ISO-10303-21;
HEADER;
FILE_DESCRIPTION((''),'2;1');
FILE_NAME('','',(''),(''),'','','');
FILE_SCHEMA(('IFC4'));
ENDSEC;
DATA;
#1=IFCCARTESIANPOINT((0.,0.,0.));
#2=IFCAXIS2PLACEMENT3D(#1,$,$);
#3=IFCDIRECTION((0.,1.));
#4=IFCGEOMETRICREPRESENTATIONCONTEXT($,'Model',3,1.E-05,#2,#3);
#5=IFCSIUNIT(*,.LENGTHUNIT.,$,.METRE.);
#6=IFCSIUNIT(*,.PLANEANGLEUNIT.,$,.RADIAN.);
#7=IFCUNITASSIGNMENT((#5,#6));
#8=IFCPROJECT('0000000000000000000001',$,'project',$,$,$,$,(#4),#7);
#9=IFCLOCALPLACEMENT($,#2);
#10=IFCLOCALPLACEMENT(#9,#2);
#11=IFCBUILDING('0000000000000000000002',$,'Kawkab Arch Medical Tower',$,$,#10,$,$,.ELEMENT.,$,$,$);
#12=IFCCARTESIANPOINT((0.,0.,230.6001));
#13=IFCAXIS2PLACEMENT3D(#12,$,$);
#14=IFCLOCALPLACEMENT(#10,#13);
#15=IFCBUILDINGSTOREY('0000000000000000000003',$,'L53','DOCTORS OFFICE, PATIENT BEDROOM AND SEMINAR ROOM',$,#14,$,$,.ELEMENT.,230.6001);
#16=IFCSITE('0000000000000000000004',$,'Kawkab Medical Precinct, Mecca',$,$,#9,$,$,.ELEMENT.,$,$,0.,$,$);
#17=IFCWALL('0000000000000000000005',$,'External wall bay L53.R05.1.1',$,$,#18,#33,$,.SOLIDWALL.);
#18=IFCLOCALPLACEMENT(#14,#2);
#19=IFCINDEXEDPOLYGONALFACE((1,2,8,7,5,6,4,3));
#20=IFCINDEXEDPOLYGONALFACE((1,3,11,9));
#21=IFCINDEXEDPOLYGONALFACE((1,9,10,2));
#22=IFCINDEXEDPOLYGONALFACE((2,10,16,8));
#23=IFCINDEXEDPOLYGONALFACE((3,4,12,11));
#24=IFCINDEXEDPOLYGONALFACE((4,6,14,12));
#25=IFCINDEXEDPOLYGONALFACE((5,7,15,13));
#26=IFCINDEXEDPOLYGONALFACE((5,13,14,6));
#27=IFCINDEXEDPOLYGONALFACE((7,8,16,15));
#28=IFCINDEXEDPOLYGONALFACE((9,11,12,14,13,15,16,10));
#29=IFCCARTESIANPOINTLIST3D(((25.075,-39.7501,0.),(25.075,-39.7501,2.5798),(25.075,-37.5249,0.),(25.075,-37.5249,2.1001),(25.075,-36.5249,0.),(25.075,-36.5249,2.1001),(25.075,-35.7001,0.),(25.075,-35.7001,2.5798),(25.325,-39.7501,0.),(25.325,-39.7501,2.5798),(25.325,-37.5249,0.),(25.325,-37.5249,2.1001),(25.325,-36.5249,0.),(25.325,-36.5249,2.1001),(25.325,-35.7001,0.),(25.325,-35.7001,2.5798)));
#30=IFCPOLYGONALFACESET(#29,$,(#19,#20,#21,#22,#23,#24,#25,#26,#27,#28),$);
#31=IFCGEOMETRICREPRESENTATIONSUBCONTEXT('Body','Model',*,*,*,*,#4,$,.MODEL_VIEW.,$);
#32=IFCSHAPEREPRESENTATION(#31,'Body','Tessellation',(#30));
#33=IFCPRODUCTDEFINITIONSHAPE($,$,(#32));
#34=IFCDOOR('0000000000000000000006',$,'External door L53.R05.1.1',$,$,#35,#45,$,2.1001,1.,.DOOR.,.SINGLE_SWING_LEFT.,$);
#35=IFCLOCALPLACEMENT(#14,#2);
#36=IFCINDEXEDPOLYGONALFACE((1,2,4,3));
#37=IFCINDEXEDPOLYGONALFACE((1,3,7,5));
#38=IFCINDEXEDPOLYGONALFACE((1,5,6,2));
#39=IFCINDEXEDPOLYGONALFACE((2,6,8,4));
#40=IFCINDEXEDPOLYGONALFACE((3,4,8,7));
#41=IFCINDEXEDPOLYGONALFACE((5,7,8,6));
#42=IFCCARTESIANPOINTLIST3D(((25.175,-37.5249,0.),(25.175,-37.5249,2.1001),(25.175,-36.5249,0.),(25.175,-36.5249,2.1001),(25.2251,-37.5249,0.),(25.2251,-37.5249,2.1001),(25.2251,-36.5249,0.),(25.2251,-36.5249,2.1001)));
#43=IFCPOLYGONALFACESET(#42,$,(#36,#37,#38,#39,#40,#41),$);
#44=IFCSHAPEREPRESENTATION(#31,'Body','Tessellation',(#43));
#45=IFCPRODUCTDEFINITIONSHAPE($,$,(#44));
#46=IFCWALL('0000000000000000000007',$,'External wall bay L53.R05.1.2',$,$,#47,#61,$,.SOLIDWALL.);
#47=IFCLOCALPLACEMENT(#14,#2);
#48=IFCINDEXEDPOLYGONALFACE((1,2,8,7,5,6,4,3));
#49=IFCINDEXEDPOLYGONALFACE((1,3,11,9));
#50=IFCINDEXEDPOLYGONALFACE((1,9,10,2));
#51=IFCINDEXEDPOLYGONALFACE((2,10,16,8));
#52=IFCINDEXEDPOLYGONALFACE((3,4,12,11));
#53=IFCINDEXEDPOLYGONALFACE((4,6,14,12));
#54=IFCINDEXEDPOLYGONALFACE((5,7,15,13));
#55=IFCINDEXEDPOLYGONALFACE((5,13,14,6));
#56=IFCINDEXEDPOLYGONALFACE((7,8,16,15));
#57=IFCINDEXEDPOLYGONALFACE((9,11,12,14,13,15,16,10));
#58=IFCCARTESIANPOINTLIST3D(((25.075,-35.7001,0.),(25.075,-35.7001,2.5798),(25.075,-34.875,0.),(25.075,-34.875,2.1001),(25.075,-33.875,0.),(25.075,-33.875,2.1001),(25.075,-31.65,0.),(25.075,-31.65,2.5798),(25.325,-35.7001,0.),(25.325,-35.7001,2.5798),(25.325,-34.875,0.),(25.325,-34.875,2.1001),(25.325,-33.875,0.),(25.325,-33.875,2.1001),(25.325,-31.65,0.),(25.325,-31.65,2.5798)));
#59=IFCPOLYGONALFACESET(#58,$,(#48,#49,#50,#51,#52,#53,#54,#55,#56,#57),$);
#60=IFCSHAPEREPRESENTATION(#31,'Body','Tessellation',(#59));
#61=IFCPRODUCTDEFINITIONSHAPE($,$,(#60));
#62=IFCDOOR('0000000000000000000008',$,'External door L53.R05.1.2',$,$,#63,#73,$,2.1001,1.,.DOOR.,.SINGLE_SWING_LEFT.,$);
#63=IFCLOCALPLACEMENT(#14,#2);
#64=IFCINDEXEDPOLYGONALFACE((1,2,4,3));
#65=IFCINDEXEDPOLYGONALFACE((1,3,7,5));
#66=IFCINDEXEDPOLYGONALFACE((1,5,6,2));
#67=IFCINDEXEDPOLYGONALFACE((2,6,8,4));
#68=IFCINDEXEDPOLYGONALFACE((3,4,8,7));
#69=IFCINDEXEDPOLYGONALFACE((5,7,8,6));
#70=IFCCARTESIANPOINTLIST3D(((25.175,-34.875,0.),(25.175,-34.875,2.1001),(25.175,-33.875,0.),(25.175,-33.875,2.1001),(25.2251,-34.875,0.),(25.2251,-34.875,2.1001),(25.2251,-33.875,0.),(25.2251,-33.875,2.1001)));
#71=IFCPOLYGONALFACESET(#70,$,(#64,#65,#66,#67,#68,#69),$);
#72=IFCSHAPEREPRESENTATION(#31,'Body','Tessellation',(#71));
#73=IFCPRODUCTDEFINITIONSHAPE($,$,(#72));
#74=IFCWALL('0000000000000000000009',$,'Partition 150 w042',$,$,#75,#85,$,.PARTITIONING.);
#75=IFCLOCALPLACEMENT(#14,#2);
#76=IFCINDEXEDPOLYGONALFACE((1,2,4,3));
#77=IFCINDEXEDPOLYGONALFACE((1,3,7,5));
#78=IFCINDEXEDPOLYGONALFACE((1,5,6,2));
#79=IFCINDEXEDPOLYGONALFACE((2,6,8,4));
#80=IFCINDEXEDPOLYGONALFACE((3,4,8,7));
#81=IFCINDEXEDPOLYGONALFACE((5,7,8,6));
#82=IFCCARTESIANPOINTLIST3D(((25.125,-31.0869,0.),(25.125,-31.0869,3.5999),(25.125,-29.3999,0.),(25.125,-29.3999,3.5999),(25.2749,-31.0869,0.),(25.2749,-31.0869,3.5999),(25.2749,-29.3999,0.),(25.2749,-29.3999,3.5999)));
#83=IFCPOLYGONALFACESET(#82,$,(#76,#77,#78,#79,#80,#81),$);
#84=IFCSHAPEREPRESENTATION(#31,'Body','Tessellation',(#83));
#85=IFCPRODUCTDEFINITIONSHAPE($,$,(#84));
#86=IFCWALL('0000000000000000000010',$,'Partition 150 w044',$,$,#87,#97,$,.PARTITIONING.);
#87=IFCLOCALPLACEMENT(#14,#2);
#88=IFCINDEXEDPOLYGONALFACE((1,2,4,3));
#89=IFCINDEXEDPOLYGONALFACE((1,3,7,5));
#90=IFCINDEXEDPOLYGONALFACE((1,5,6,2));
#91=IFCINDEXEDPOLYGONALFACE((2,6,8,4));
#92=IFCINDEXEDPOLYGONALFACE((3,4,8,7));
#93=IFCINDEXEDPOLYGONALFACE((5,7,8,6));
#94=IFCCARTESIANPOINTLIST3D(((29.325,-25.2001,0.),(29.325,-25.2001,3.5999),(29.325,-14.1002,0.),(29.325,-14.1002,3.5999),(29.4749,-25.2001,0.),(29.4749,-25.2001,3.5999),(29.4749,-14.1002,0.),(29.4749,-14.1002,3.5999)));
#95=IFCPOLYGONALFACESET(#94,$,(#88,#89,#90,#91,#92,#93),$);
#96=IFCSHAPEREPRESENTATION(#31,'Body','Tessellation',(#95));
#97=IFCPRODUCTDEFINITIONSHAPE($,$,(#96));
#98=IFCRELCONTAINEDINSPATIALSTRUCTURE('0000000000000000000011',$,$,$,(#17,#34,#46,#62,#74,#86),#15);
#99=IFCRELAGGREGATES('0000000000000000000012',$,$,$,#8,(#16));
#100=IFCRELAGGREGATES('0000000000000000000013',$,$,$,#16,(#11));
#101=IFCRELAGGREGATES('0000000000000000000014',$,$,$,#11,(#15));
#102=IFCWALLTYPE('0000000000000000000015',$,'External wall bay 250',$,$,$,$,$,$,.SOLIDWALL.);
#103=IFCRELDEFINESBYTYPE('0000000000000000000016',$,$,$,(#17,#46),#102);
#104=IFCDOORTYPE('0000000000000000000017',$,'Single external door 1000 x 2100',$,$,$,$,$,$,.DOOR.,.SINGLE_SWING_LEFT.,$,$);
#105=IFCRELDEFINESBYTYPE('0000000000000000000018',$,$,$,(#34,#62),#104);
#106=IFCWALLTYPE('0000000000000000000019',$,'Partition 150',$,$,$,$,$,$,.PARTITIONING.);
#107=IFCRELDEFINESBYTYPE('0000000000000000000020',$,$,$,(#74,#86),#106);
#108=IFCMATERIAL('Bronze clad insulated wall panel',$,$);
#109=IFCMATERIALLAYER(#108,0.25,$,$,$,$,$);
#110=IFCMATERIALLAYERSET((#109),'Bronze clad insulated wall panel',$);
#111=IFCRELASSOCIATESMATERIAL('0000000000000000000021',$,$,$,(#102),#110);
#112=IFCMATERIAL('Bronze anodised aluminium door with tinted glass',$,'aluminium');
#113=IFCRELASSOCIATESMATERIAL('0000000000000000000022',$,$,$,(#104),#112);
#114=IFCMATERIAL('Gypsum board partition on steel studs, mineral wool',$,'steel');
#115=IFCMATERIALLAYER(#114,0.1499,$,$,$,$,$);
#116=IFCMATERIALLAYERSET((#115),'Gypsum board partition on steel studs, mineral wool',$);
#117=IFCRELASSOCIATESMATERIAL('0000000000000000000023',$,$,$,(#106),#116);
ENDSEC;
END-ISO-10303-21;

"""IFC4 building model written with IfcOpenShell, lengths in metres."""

from ifc_helpers import new_model, si_unit, direction, frame, frame_2d, origin, place, context, subcontext, project, spatial, rectangle, extrude, material, layer, layer_set, type_object, element, fill, save


model = new_model("IFC4")

# Units and contexts
model_context = context("Model", 3, precision=1e-05, world=origin(), true_north=direction((0.0, 1.0)))
body_context = subcontext(model_context, "Body", "Model", "MODEL_VIEW")
ifc_project = project(units=[si_unit("LENGTHUNIT", "METRE"), si_unit("PLANEANGLEUNIT", "RADIAN")], contexts=[model_context])

# Site, building, storey
site_placement = place(None, origin())
site = spatial("IfcSite", under=ifc_project, at=site_placement, Name="Kawkab Medical Precinct, Mecca", CompositionType="ELEMENT", RefElevation=0.0)
building_placement = place(site_placement, origin())
building = spatial("IfcBuilding", under=site, at=building_placement, Name="Kawkab Arch Medical Tower", CompositionType="ELEMENT")
storey_placement = place(building_placement, frame((0.0, 0.0, 230.6001)))
storey = spatial("IfcBuildingStorey", under=building, at=storey_placement, Name="L53", Description="DOCTORS OFFICE, PATIENT BEDROOM AND SEMINAR ROOM", CompositionType="ELEMENT", Elevation=230.6001)

# Walls, openings, doors
ifc_material_1 = material(Name="Bronze clad insulated wall panel")
ifc_layer_1 = layer(ifc_material_1, 0.25)
ifc_layer_set_1 = layer_set([ifc_layer_1], Name="Bronze clad insulated wall panel")
wall_type_1 = type_object("IfcWallType", Name="External wall bay 250", PredefinedType="SOLIDWALL", material=ifc_layer_set_1)
wall_1_placement = place(storey_placement, frame((25.2, -39.75, 0.0), z_axis=(0.0, 0.0, 1.0), x_axis=(0.0, 1.0, 0.0)))
wall_1 = element("IfcWall", 1, at=wall_1_placement, inside=storey, type_object=wall_type_1, Name="External wall bay L53.R05.1.1", PredefinedType="SOLIDWALL", context=body_context, shape_type="SweptSolid", body=[
    extrude(rectangle(XDim=4.05, YDim=0.25, at=frame_2d((2.0249, 0.0))), origin(), (0.0, 0.0, 1.0), 2.5798),
])
opening_1_placement = place(wall_1_placement, frame((2.2251, 0.0, 0.0)))
opening_1 = element("IfcOpeningElement", 2, at=opening_1_placement, cuts=wall_1, PredefinedType="OPENING", context=body_context, shape_type="SweptSolid", body=[
    extrude(rectangle(XDim=1.0, YDim=2.1001, at=frame_2d((0.5, 1.05))), frame((0.0, 0.135, 0.0), z_axis=(0.0, -1.0, 0.0), x_axis=(1.0, 0.0, 0.0)), (0.0, 0.0, 1.0), 0.27),
])
ifc_material_2 = material(Name="Bronze anodised aluminium door with tinted glass", Category="aluminium")
door_type = type_object("IfcDoorType", Name="Single external door 1000 x 2100", OperationType="SINGLE_SWING_LEFT", PredefinedType="DOOR", material=ifc_material_2)
door_1_placement = place(opening_1_placement, origin())
door_1 = element("IfcDoor", 3, at=door_1_placement, inside=storey, type_object=door_type, Name="External door L53.R05.1.1", OperationType="SINGLE_SWING_LEFT", OverallHeight=2.1001, OverallWidth=1.0, PredefinedType="DOOR", context=body_context, shape_type="SweptSolid", body=[
    extrude(rectangle(XDim=1.0, YDim=2.1001, at=frame_2d((0.5, 1.05))), frame((0.0, 0.0249, 0.0), z_axis=(0.0, -1.0, 0.0), x_axis=(1.0, 0.0, 0.0)), (0.0, 0.0, 1.0), 0.05),
])
fill(opening_1, door_1)
wall_2_placement = place(storey_placement, frame((25.2, -35.7, 0.0), z_axis=(0.0, 0.0, 1.0), x_axis=(0.0, 1.0, 0.0)))
wall_2 = element("IfcWall", 4, at=wall_2_placement, inside=storey, type_object=wall_type_1, Name="External wall bay L53.R05.1.2", PredefinedType="SOLIDWALL", context=body_context, shape_type="SweptSolid", body=[
    extrude(rectangle(XDim=4.05, YDim=0.25, at=frame_2d((2.0249, 0.0))), origin(), (0.0, 0.0, 1.0), 2.5798),
])
opening_2_placement = place(wall_2_placement, frame((0.825, 0.0, 0.0)))
opening_2 = element("IfcOpeningElement", 5, at=opening_2_placement, cuts=wall_2, PredefinedType="OPENING", context=body_context, shape_type="SweptSolid", body=[
    extrude(rectangle(XDim=1.0, YDim=2.1001, at=frame_2d((0.5, 1.05))), frame((0.0, 0.135, 0.0), z_axis=(0.0, -1.0, 0.0), x_axis=(1.0, 0.0, 0.0)), (0.0, 0.0, 1.0), 0.27),
])
door_2_placement = place(opening_2_placement, origin())
door_2 = element("IfcDoor", 6, at=door_2_placement, inside=storey, type_object=door_type, Name="External door L53.R05.1.2", OperationType="SINGLE_SWING_LEFT", OverallHeight=2.1001, OverallWidth=1.0, PredefinedType="DOOR", context=body_context, shape_type="SweptSolid", body=[
    extrude(rectangle(XDim=1.0, YDim=2.1001, at=frame_2d((0.5, 1.05))), frame((0.0, 0.0249, 0.0), z_axis=(0.0, -1.0, 0.0), x_axis=(1.0, 0.0, 0.0)), (0.0, 0.0, 1.0), 0.05),
])
fill(opening_2, door_2)

# Walls
ifc_material_3 = material(Name="Gypsum board partition on steel studs, mineral wool", Category="steel")
ifc_layer_2 = layer(ifc_material_3, 0.1499)
ifc_layer_set_2 = layer_set([ifc_layer_2], Name="Gypsum board partition on steel studs, mineral wool")
wall_type_2 = type_object("IfcWallType", Name="Partition 150", PredefinedType="PARTITIONING", material=ifc_layer_set_2)
wall_3_placement = place(storey_placement, frame((25.2, -31.0869, 0.0), z_axis=(0.0, 0.0, 1.0), x_axis=(0.0, 1.0, 0.0)))
element("IfcWall", 7, at=wall_3_placement, inside=storey, type_object=wall_type_2, Name="Partition 150 w042", PredefinedType="PARTITIONING", context=body_context, shape_type="SweptSolid", body=[
    extrude(rectangle(XDim=1.687, YDim=0.1499, at=frame_2d((0.8435, 0.0))), origin(), (0.0, 0.0, 1.0), 3.5999),
])
wall_4_placement = place(storey_placement, frame((29.3999, -25.2, 0.0), z_axis=(0.0, 0.0, 1.0), x_axis=(0.0, 1.0, 0.0)))
element("IfcWall", 8, at=wall_4_placement, inside=storey, type_object=wall_type_2, Name="Partition 150 w044", PredefinedType="PARTITIONING", context=body_context, shape_type="SweptSolid", body=[
    extrude(rectangle(XDim=11.0999, YDim=0.1499, at=frame_2d((5.5498, 0.0))), origin(), (0.0, 0.0, 1.0), 3.5999),
])

save(model, "model.ifc")
